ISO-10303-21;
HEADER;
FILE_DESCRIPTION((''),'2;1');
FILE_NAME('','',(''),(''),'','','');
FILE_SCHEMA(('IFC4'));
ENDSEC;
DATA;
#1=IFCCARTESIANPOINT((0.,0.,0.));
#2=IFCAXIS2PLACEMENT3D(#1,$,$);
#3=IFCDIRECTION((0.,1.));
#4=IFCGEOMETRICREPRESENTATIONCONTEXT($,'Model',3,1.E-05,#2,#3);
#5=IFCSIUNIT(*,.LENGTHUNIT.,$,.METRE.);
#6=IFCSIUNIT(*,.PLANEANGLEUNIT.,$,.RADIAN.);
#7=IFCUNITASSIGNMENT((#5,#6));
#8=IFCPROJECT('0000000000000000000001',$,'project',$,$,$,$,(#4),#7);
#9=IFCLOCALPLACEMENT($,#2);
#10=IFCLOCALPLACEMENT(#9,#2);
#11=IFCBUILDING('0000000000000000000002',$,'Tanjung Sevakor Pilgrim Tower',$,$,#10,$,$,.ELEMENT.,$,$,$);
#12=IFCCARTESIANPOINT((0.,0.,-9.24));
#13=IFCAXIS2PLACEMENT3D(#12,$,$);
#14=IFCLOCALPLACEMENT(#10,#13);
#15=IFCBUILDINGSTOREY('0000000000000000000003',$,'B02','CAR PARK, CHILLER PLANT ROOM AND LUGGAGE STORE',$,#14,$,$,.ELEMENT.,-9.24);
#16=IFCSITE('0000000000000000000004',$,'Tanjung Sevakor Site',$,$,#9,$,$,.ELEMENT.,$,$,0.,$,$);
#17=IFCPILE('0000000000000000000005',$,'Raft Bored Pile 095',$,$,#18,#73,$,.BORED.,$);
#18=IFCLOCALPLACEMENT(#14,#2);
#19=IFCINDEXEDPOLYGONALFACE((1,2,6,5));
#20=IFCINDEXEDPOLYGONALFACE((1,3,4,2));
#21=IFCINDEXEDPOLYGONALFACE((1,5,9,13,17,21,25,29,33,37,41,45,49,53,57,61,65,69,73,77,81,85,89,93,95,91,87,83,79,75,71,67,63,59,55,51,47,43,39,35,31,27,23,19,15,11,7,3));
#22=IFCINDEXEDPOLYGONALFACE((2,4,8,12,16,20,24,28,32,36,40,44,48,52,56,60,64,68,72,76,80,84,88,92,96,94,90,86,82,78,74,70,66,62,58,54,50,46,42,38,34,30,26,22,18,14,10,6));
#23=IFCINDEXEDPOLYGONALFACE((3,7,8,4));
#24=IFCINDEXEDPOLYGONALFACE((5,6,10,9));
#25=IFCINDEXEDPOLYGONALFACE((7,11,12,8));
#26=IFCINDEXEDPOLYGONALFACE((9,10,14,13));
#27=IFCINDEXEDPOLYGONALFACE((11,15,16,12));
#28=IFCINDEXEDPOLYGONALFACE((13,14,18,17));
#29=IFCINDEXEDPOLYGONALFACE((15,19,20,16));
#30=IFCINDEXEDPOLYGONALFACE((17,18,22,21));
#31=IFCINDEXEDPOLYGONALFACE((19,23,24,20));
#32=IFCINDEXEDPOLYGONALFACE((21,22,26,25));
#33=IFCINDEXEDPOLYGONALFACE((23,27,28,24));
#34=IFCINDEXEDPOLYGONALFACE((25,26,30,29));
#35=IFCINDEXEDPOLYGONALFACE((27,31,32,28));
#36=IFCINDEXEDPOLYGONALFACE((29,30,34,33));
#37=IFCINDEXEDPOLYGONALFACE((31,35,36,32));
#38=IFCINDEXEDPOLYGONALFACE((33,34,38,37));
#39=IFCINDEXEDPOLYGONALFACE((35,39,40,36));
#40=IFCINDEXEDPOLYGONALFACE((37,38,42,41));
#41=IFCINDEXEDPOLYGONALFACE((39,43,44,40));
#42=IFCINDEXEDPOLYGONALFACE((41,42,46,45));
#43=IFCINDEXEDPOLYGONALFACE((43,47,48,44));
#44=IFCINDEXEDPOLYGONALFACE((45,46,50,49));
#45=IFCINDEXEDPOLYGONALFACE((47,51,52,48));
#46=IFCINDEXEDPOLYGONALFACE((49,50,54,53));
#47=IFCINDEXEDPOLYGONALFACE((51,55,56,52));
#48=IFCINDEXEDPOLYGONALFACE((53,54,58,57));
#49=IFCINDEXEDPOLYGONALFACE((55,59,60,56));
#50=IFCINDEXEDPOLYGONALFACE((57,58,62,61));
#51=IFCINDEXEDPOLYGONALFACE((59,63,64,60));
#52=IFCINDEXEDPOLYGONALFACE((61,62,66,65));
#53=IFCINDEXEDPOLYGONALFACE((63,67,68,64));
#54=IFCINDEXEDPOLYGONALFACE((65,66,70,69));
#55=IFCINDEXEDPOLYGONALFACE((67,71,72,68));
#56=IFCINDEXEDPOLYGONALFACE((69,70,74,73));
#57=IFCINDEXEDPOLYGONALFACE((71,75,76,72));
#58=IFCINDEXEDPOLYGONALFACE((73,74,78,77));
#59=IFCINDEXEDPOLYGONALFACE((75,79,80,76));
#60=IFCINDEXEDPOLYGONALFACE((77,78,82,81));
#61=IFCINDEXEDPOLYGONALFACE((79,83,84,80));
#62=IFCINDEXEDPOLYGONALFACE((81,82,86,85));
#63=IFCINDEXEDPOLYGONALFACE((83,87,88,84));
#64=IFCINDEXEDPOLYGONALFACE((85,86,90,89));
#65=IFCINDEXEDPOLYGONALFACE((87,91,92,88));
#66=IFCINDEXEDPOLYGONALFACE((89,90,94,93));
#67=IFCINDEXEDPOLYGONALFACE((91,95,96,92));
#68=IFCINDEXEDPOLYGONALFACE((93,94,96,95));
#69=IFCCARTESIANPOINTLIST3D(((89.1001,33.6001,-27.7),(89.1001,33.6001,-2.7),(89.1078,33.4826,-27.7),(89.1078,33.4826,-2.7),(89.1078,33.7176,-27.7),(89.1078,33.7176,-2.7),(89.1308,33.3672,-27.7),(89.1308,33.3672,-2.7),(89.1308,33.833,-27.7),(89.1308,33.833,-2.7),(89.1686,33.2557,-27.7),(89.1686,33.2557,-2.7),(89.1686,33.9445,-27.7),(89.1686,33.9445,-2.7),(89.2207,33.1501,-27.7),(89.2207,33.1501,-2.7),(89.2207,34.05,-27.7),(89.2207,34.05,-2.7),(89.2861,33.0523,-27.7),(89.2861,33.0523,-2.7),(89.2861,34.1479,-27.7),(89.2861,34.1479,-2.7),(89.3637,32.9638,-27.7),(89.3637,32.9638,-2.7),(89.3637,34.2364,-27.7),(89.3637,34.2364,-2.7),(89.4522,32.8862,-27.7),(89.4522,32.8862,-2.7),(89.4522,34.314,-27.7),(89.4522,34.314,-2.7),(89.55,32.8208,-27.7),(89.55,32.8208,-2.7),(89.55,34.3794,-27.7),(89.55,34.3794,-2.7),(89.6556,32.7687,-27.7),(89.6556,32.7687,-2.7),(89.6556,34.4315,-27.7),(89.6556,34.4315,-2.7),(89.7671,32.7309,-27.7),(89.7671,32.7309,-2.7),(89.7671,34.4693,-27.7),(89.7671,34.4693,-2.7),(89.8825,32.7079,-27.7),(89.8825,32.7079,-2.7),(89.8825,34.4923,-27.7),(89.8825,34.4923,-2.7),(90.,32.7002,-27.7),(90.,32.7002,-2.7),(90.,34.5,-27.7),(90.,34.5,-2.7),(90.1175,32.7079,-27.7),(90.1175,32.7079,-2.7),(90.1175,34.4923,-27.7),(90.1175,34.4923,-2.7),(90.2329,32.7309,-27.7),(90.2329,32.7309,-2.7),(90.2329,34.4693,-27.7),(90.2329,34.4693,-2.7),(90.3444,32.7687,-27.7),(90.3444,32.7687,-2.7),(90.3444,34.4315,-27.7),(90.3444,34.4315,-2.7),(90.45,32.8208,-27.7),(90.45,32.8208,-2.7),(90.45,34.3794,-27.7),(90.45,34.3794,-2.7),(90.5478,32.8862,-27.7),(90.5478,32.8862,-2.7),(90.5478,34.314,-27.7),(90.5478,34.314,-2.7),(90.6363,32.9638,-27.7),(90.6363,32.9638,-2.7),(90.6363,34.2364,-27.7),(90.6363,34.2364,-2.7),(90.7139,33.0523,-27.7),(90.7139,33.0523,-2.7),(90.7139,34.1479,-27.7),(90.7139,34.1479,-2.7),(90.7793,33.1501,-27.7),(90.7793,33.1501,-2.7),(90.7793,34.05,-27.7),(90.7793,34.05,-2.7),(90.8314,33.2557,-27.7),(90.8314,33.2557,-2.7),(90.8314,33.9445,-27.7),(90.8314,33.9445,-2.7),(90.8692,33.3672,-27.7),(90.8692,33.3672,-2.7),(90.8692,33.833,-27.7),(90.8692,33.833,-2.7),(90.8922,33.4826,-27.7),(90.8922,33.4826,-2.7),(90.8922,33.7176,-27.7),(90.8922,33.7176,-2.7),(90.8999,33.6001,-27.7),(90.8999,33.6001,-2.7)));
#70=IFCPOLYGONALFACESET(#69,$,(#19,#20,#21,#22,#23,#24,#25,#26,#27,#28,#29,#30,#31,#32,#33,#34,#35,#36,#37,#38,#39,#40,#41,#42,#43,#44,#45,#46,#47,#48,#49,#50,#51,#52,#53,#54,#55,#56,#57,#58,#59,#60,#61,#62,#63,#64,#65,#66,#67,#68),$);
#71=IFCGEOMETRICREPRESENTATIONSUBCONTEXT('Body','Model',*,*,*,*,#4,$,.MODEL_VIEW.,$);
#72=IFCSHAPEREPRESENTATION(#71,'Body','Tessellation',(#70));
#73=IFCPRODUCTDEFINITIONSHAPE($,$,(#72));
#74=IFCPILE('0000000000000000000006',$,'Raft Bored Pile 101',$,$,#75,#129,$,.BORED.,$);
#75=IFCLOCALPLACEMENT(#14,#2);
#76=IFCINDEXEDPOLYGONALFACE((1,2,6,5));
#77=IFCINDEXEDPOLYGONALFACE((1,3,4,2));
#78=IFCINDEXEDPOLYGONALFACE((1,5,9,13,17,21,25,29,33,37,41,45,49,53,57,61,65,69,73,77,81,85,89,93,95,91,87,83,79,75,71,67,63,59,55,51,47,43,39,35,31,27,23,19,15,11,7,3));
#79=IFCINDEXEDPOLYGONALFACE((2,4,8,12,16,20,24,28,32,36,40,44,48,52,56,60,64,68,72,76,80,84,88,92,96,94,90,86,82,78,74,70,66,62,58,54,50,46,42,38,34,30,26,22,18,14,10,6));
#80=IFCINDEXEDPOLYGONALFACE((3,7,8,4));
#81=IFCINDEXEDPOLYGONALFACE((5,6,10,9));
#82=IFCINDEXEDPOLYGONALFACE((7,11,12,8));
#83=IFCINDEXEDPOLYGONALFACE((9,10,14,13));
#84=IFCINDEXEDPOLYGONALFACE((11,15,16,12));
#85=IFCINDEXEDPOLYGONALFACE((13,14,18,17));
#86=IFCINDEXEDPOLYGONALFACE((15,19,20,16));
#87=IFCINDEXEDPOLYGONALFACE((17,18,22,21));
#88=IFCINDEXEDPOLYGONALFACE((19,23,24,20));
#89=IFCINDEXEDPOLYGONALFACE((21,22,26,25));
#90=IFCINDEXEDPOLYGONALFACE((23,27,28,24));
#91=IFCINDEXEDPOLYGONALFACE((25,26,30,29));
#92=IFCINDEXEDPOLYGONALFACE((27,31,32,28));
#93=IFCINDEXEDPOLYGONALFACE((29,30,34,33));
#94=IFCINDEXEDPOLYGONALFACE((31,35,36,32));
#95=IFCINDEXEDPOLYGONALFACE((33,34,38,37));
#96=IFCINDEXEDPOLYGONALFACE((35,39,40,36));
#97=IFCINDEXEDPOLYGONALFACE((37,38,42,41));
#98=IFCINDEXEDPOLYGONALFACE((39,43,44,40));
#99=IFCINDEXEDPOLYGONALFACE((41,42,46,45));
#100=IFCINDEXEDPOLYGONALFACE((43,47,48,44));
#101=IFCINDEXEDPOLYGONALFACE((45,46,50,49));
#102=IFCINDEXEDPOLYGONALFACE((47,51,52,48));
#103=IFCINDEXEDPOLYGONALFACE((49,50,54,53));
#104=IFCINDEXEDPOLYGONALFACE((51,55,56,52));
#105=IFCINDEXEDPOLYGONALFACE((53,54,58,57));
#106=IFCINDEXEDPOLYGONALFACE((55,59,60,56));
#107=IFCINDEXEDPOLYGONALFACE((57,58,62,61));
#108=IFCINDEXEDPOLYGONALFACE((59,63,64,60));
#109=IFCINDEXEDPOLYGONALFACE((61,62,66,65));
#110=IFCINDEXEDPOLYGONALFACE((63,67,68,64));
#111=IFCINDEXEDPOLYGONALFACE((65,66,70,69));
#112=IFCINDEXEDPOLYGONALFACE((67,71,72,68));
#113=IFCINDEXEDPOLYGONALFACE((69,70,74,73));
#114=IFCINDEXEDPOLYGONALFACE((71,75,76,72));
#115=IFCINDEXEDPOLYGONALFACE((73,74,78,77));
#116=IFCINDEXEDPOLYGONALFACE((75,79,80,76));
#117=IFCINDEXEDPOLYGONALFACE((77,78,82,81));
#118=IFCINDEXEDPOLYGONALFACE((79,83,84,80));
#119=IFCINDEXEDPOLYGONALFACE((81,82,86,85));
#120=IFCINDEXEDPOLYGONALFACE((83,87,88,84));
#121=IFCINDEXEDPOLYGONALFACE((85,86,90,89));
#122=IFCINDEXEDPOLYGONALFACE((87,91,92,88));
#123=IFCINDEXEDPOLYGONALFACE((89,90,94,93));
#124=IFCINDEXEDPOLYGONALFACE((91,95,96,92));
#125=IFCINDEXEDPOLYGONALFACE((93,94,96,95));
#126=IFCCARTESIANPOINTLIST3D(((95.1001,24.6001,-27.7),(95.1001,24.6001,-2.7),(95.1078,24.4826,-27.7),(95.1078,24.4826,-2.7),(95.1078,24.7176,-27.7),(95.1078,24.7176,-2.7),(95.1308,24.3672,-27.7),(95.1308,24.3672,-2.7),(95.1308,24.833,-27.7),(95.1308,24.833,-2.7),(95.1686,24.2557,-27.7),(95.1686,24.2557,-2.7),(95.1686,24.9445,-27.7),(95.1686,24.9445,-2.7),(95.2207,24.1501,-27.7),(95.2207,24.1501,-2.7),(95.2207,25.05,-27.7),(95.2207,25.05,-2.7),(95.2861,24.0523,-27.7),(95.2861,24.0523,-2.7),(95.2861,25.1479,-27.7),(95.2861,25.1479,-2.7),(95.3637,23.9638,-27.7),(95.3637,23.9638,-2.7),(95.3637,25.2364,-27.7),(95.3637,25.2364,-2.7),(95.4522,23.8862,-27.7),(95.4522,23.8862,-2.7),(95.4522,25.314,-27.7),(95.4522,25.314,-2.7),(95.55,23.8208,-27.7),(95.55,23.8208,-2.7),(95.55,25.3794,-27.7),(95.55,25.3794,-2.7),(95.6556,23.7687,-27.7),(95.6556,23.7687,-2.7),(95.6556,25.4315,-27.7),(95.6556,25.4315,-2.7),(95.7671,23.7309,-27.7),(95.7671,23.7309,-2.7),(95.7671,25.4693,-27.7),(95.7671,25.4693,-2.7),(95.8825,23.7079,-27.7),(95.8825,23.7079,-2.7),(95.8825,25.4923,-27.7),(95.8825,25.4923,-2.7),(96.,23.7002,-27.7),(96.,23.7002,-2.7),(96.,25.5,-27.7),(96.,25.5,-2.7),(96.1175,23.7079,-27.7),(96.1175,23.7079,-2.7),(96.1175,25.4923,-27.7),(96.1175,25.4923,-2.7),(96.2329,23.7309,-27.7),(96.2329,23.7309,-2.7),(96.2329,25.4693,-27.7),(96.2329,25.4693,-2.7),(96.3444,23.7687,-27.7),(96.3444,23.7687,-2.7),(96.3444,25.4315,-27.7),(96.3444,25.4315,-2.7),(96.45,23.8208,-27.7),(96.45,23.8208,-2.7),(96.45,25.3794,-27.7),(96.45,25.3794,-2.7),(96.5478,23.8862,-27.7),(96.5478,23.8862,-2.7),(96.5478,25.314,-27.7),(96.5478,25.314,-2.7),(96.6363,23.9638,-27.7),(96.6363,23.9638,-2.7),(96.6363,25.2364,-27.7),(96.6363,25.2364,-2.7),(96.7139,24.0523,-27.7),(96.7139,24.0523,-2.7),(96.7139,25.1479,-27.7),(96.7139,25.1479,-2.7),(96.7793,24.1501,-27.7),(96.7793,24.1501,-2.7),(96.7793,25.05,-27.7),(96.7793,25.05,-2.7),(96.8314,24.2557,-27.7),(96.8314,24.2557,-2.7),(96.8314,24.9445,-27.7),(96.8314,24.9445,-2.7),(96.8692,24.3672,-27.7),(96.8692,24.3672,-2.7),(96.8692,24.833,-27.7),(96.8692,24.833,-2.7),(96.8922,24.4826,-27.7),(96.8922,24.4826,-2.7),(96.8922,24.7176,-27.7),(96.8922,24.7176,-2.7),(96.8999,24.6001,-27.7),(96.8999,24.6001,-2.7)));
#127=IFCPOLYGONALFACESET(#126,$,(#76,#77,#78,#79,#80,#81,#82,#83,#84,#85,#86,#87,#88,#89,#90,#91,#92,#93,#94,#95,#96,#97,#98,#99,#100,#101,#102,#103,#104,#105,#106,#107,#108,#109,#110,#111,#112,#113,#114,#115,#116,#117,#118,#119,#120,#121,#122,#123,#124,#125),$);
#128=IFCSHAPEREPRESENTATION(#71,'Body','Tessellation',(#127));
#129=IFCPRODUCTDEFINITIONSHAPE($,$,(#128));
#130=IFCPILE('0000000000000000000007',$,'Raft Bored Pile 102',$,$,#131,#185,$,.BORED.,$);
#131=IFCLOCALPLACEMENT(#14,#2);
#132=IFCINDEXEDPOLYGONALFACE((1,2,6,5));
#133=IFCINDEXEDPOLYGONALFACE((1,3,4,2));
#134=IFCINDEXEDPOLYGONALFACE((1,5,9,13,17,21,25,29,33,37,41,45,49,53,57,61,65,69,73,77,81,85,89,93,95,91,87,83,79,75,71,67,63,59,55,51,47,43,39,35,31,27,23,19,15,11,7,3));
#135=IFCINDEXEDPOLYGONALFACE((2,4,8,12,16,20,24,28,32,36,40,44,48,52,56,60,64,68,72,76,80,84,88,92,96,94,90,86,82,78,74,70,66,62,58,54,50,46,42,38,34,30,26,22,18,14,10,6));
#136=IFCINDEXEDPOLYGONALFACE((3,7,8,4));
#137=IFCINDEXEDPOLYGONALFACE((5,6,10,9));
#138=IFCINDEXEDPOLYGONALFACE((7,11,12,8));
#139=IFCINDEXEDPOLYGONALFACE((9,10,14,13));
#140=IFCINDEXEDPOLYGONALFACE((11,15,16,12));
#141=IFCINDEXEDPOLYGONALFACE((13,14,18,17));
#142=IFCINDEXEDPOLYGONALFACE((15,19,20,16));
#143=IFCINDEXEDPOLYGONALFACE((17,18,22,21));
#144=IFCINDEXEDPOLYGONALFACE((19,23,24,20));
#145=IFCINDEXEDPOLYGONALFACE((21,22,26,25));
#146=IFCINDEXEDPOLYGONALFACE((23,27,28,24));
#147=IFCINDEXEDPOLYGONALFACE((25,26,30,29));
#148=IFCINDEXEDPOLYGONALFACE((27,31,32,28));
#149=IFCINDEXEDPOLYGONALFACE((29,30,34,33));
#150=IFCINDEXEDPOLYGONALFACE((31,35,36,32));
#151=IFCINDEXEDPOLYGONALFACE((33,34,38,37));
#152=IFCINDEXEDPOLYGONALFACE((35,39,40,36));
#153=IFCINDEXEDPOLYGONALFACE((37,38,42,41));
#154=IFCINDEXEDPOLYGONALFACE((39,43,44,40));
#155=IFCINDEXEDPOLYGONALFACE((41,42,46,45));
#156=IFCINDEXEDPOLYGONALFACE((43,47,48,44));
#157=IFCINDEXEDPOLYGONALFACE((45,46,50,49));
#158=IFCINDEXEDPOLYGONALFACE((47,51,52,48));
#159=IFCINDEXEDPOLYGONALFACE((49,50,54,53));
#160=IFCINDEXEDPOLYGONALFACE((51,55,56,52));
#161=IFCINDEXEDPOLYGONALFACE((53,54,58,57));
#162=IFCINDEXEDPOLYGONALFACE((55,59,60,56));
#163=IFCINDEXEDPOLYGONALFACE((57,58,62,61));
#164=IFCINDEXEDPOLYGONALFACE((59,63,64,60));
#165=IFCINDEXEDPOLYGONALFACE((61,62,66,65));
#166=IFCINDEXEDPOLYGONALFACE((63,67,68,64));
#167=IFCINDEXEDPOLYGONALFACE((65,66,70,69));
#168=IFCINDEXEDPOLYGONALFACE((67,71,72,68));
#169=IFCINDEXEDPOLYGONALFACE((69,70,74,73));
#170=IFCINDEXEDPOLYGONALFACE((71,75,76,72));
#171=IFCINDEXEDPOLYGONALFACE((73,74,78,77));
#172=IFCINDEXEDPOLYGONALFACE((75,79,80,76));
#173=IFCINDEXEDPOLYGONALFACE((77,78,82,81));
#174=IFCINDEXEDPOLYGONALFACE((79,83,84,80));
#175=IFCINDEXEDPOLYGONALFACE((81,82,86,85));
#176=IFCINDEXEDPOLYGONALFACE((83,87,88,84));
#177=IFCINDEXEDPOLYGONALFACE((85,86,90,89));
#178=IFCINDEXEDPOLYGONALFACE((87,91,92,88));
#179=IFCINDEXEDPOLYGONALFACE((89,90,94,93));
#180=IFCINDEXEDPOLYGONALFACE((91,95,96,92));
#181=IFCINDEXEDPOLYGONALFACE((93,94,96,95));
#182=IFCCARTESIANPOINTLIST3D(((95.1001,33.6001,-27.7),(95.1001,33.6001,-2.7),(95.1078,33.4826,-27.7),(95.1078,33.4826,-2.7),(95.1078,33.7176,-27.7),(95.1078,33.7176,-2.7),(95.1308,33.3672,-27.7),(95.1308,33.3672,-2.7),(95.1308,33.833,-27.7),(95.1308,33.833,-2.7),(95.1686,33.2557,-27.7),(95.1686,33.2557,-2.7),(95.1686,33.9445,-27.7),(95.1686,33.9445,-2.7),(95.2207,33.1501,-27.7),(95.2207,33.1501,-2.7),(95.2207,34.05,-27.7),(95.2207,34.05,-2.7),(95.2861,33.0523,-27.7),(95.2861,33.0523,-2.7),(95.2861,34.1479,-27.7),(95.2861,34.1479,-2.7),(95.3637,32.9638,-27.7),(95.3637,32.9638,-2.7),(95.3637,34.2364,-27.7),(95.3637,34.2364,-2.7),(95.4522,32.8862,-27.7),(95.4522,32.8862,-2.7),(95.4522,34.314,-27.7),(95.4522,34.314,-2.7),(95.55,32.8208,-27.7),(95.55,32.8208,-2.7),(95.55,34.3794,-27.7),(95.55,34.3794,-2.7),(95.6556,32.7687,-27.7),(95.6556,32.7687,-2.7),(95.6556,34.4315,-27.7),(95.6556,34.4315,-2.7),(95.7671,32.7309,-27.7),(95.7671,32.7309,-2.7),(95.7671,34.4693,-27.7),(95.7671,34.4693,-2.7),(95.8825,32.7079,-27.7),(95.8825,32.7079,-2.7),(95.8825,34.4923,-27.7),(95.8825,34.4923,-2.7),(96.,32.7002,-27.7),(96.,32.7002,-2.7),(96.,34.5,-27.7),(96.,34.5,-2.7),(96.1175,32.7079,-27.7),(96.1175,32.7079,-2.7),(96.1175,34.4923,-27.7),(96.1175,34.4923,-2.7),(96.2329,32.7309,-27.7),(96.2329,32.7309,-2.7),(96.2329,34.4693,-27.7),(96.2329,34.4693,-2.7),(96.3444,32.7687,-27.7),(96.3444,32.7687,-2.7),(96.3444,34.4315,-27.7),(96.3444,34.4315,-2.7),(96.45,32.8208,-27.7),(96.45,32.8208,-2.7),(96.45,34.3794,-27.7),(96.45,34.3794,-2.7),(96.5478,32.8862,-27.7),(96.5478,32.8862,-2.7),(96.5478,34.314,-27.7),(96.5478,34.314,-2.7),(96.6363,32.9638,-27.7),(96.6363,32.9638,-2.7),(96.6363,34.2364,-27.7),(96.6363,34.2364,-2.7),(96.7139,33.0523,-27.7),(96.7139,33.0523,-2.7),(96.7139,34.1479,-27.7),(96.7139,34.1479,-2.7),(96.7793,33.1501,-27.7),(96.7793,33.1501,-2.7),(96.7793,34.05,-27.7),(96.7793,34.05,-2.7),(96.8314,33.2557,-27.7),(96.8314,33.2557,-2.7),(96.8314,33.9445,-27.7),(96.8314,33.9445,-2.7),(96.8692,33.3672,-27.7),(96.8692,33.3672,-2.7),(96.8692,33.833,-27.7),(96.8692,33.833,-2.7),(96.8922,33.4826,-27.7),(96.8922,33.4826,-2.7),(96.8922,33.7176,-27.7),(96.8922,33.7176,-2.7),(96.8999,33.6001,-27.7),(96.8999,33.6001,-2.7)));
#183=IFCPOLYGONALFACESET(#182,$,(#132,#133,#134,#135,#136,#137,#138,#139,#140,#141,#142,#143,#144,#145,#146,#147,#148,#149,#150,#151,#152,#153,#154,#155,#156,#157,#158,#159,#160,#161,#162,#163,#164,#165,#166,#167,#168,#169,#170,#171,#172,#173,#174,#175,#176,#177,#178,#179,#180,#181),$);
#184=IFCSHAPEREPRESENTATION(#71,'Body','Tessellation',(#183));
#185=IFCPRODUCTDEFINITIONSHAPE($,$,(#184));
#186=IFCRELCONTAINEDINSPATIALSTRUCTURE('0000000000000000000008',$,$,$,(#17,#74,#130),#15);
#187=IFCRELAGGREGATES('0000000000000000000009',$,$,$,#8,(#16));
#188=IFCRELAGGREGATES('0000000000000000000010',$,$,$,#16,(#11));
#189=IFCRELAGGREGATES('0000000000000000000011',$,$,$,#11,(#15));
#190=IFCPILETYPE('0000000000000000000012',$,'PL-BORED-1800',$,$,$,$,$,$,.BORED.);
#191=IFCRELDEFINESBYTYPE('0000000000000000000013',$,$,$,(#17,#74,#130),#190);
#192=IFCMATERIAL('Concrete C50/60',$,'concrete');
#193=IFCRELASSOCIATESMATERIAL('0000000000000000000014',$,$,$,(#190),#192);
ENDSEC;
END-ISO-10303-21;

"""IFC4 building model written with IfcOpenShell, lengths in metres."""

from ifc_helpers import new_model, si_unit, direction, frame, origin, origin_2d, place, context, subcontext, project, spatial, circle, extrude, material, material_profile, profile_set, type_object, element, save


model = new_model("IFC4")

# Units and contexts
model_context = context("Model", 3, precision=1e-05, world=origin(), true_north=direction((0.0, 1.0)))
body_context = subcontext(model_context, "Body", "Model", "MODEL_VIEW")
ifc_project = project(units=[si_unit("LENGTHUNIT", "METRE"), si_unit("PLANEANGLEUNIT", "RADIAN")], contexts=[model_context])

# Site, building, storey
site_placement = place(None, origin())
site = spatial("IfcSite", under=ifc_project, at=site_placement, Name="Tanjung Sevakor Site", CompositionType="ELEMENT", RefElevation=0.0)
building_placement = place(site_placement, origin())
building = spatial("IfcBuilding", under=site, at=building_placement, Name="Tanjung Sevakor Pilgrim Tower", CompositionType="ELEMENT")
storey_placement = place(building_placement, frame((0.0, 0.0, -9.24)))
storey = spatial("IfcBuildingStorey", under=building, at=storey_placement, Name="B02", Description="CAR PARK, CHILLER PLANT ROOM AND LUGGAGE STORE", CompositionType="ELEMENT", Elevation=-9.24)

# Piles
ifc_material_1 = material(Name="Concrete C50/60", Category="concrete")
ifc_material_profile_1 = material_profile(ifc_material_1, circle(Radius=0.8999, at=origin_2d()))
ifc_profile_set_1 = profile_set([ifc_material_profile_1], Name="Concrete C50/60")
pile_type_1 = type_object("IfcPileType", Name="PL-BORED-1800", PredefinedType="BORED", material=ifc_profile_set_1)
for number, where, z_axis, x_axis, name in (
    (1, (90.0, 33.6001, -2.7), (0.0, 0.0, -1.0), (1.0, 0.0, 0.0), "Raft Bored Pile 095"),
    (2, (96.0, 24.6001, -2.7), (0.0, 0.0, -1.0), (1.0, 0.0, 0.0), "Raft Bored Pile 101"),
    (3, (96.0, 33.6001, -2.7), (0.0, 0.0, -1.0), (1.0, 0.0, 0.0), "Raft Bored Pile 102"),
):
    element("IfcPile", number, at=place(storey_placement, frame(where, z_axis=z_axis, x_axis=x_axis)), inside=storey, type_object=pile_type_1, Name=name, PredefinedType="BORED", context=body_context, shape_type="SweptSolid", body=[
        extrude(circle(Radius=0.8999, at=origin_2d()), origin(), (0.0, 0.0, 1.0), 25.0),
    ])

save(model, "model.ifc")
